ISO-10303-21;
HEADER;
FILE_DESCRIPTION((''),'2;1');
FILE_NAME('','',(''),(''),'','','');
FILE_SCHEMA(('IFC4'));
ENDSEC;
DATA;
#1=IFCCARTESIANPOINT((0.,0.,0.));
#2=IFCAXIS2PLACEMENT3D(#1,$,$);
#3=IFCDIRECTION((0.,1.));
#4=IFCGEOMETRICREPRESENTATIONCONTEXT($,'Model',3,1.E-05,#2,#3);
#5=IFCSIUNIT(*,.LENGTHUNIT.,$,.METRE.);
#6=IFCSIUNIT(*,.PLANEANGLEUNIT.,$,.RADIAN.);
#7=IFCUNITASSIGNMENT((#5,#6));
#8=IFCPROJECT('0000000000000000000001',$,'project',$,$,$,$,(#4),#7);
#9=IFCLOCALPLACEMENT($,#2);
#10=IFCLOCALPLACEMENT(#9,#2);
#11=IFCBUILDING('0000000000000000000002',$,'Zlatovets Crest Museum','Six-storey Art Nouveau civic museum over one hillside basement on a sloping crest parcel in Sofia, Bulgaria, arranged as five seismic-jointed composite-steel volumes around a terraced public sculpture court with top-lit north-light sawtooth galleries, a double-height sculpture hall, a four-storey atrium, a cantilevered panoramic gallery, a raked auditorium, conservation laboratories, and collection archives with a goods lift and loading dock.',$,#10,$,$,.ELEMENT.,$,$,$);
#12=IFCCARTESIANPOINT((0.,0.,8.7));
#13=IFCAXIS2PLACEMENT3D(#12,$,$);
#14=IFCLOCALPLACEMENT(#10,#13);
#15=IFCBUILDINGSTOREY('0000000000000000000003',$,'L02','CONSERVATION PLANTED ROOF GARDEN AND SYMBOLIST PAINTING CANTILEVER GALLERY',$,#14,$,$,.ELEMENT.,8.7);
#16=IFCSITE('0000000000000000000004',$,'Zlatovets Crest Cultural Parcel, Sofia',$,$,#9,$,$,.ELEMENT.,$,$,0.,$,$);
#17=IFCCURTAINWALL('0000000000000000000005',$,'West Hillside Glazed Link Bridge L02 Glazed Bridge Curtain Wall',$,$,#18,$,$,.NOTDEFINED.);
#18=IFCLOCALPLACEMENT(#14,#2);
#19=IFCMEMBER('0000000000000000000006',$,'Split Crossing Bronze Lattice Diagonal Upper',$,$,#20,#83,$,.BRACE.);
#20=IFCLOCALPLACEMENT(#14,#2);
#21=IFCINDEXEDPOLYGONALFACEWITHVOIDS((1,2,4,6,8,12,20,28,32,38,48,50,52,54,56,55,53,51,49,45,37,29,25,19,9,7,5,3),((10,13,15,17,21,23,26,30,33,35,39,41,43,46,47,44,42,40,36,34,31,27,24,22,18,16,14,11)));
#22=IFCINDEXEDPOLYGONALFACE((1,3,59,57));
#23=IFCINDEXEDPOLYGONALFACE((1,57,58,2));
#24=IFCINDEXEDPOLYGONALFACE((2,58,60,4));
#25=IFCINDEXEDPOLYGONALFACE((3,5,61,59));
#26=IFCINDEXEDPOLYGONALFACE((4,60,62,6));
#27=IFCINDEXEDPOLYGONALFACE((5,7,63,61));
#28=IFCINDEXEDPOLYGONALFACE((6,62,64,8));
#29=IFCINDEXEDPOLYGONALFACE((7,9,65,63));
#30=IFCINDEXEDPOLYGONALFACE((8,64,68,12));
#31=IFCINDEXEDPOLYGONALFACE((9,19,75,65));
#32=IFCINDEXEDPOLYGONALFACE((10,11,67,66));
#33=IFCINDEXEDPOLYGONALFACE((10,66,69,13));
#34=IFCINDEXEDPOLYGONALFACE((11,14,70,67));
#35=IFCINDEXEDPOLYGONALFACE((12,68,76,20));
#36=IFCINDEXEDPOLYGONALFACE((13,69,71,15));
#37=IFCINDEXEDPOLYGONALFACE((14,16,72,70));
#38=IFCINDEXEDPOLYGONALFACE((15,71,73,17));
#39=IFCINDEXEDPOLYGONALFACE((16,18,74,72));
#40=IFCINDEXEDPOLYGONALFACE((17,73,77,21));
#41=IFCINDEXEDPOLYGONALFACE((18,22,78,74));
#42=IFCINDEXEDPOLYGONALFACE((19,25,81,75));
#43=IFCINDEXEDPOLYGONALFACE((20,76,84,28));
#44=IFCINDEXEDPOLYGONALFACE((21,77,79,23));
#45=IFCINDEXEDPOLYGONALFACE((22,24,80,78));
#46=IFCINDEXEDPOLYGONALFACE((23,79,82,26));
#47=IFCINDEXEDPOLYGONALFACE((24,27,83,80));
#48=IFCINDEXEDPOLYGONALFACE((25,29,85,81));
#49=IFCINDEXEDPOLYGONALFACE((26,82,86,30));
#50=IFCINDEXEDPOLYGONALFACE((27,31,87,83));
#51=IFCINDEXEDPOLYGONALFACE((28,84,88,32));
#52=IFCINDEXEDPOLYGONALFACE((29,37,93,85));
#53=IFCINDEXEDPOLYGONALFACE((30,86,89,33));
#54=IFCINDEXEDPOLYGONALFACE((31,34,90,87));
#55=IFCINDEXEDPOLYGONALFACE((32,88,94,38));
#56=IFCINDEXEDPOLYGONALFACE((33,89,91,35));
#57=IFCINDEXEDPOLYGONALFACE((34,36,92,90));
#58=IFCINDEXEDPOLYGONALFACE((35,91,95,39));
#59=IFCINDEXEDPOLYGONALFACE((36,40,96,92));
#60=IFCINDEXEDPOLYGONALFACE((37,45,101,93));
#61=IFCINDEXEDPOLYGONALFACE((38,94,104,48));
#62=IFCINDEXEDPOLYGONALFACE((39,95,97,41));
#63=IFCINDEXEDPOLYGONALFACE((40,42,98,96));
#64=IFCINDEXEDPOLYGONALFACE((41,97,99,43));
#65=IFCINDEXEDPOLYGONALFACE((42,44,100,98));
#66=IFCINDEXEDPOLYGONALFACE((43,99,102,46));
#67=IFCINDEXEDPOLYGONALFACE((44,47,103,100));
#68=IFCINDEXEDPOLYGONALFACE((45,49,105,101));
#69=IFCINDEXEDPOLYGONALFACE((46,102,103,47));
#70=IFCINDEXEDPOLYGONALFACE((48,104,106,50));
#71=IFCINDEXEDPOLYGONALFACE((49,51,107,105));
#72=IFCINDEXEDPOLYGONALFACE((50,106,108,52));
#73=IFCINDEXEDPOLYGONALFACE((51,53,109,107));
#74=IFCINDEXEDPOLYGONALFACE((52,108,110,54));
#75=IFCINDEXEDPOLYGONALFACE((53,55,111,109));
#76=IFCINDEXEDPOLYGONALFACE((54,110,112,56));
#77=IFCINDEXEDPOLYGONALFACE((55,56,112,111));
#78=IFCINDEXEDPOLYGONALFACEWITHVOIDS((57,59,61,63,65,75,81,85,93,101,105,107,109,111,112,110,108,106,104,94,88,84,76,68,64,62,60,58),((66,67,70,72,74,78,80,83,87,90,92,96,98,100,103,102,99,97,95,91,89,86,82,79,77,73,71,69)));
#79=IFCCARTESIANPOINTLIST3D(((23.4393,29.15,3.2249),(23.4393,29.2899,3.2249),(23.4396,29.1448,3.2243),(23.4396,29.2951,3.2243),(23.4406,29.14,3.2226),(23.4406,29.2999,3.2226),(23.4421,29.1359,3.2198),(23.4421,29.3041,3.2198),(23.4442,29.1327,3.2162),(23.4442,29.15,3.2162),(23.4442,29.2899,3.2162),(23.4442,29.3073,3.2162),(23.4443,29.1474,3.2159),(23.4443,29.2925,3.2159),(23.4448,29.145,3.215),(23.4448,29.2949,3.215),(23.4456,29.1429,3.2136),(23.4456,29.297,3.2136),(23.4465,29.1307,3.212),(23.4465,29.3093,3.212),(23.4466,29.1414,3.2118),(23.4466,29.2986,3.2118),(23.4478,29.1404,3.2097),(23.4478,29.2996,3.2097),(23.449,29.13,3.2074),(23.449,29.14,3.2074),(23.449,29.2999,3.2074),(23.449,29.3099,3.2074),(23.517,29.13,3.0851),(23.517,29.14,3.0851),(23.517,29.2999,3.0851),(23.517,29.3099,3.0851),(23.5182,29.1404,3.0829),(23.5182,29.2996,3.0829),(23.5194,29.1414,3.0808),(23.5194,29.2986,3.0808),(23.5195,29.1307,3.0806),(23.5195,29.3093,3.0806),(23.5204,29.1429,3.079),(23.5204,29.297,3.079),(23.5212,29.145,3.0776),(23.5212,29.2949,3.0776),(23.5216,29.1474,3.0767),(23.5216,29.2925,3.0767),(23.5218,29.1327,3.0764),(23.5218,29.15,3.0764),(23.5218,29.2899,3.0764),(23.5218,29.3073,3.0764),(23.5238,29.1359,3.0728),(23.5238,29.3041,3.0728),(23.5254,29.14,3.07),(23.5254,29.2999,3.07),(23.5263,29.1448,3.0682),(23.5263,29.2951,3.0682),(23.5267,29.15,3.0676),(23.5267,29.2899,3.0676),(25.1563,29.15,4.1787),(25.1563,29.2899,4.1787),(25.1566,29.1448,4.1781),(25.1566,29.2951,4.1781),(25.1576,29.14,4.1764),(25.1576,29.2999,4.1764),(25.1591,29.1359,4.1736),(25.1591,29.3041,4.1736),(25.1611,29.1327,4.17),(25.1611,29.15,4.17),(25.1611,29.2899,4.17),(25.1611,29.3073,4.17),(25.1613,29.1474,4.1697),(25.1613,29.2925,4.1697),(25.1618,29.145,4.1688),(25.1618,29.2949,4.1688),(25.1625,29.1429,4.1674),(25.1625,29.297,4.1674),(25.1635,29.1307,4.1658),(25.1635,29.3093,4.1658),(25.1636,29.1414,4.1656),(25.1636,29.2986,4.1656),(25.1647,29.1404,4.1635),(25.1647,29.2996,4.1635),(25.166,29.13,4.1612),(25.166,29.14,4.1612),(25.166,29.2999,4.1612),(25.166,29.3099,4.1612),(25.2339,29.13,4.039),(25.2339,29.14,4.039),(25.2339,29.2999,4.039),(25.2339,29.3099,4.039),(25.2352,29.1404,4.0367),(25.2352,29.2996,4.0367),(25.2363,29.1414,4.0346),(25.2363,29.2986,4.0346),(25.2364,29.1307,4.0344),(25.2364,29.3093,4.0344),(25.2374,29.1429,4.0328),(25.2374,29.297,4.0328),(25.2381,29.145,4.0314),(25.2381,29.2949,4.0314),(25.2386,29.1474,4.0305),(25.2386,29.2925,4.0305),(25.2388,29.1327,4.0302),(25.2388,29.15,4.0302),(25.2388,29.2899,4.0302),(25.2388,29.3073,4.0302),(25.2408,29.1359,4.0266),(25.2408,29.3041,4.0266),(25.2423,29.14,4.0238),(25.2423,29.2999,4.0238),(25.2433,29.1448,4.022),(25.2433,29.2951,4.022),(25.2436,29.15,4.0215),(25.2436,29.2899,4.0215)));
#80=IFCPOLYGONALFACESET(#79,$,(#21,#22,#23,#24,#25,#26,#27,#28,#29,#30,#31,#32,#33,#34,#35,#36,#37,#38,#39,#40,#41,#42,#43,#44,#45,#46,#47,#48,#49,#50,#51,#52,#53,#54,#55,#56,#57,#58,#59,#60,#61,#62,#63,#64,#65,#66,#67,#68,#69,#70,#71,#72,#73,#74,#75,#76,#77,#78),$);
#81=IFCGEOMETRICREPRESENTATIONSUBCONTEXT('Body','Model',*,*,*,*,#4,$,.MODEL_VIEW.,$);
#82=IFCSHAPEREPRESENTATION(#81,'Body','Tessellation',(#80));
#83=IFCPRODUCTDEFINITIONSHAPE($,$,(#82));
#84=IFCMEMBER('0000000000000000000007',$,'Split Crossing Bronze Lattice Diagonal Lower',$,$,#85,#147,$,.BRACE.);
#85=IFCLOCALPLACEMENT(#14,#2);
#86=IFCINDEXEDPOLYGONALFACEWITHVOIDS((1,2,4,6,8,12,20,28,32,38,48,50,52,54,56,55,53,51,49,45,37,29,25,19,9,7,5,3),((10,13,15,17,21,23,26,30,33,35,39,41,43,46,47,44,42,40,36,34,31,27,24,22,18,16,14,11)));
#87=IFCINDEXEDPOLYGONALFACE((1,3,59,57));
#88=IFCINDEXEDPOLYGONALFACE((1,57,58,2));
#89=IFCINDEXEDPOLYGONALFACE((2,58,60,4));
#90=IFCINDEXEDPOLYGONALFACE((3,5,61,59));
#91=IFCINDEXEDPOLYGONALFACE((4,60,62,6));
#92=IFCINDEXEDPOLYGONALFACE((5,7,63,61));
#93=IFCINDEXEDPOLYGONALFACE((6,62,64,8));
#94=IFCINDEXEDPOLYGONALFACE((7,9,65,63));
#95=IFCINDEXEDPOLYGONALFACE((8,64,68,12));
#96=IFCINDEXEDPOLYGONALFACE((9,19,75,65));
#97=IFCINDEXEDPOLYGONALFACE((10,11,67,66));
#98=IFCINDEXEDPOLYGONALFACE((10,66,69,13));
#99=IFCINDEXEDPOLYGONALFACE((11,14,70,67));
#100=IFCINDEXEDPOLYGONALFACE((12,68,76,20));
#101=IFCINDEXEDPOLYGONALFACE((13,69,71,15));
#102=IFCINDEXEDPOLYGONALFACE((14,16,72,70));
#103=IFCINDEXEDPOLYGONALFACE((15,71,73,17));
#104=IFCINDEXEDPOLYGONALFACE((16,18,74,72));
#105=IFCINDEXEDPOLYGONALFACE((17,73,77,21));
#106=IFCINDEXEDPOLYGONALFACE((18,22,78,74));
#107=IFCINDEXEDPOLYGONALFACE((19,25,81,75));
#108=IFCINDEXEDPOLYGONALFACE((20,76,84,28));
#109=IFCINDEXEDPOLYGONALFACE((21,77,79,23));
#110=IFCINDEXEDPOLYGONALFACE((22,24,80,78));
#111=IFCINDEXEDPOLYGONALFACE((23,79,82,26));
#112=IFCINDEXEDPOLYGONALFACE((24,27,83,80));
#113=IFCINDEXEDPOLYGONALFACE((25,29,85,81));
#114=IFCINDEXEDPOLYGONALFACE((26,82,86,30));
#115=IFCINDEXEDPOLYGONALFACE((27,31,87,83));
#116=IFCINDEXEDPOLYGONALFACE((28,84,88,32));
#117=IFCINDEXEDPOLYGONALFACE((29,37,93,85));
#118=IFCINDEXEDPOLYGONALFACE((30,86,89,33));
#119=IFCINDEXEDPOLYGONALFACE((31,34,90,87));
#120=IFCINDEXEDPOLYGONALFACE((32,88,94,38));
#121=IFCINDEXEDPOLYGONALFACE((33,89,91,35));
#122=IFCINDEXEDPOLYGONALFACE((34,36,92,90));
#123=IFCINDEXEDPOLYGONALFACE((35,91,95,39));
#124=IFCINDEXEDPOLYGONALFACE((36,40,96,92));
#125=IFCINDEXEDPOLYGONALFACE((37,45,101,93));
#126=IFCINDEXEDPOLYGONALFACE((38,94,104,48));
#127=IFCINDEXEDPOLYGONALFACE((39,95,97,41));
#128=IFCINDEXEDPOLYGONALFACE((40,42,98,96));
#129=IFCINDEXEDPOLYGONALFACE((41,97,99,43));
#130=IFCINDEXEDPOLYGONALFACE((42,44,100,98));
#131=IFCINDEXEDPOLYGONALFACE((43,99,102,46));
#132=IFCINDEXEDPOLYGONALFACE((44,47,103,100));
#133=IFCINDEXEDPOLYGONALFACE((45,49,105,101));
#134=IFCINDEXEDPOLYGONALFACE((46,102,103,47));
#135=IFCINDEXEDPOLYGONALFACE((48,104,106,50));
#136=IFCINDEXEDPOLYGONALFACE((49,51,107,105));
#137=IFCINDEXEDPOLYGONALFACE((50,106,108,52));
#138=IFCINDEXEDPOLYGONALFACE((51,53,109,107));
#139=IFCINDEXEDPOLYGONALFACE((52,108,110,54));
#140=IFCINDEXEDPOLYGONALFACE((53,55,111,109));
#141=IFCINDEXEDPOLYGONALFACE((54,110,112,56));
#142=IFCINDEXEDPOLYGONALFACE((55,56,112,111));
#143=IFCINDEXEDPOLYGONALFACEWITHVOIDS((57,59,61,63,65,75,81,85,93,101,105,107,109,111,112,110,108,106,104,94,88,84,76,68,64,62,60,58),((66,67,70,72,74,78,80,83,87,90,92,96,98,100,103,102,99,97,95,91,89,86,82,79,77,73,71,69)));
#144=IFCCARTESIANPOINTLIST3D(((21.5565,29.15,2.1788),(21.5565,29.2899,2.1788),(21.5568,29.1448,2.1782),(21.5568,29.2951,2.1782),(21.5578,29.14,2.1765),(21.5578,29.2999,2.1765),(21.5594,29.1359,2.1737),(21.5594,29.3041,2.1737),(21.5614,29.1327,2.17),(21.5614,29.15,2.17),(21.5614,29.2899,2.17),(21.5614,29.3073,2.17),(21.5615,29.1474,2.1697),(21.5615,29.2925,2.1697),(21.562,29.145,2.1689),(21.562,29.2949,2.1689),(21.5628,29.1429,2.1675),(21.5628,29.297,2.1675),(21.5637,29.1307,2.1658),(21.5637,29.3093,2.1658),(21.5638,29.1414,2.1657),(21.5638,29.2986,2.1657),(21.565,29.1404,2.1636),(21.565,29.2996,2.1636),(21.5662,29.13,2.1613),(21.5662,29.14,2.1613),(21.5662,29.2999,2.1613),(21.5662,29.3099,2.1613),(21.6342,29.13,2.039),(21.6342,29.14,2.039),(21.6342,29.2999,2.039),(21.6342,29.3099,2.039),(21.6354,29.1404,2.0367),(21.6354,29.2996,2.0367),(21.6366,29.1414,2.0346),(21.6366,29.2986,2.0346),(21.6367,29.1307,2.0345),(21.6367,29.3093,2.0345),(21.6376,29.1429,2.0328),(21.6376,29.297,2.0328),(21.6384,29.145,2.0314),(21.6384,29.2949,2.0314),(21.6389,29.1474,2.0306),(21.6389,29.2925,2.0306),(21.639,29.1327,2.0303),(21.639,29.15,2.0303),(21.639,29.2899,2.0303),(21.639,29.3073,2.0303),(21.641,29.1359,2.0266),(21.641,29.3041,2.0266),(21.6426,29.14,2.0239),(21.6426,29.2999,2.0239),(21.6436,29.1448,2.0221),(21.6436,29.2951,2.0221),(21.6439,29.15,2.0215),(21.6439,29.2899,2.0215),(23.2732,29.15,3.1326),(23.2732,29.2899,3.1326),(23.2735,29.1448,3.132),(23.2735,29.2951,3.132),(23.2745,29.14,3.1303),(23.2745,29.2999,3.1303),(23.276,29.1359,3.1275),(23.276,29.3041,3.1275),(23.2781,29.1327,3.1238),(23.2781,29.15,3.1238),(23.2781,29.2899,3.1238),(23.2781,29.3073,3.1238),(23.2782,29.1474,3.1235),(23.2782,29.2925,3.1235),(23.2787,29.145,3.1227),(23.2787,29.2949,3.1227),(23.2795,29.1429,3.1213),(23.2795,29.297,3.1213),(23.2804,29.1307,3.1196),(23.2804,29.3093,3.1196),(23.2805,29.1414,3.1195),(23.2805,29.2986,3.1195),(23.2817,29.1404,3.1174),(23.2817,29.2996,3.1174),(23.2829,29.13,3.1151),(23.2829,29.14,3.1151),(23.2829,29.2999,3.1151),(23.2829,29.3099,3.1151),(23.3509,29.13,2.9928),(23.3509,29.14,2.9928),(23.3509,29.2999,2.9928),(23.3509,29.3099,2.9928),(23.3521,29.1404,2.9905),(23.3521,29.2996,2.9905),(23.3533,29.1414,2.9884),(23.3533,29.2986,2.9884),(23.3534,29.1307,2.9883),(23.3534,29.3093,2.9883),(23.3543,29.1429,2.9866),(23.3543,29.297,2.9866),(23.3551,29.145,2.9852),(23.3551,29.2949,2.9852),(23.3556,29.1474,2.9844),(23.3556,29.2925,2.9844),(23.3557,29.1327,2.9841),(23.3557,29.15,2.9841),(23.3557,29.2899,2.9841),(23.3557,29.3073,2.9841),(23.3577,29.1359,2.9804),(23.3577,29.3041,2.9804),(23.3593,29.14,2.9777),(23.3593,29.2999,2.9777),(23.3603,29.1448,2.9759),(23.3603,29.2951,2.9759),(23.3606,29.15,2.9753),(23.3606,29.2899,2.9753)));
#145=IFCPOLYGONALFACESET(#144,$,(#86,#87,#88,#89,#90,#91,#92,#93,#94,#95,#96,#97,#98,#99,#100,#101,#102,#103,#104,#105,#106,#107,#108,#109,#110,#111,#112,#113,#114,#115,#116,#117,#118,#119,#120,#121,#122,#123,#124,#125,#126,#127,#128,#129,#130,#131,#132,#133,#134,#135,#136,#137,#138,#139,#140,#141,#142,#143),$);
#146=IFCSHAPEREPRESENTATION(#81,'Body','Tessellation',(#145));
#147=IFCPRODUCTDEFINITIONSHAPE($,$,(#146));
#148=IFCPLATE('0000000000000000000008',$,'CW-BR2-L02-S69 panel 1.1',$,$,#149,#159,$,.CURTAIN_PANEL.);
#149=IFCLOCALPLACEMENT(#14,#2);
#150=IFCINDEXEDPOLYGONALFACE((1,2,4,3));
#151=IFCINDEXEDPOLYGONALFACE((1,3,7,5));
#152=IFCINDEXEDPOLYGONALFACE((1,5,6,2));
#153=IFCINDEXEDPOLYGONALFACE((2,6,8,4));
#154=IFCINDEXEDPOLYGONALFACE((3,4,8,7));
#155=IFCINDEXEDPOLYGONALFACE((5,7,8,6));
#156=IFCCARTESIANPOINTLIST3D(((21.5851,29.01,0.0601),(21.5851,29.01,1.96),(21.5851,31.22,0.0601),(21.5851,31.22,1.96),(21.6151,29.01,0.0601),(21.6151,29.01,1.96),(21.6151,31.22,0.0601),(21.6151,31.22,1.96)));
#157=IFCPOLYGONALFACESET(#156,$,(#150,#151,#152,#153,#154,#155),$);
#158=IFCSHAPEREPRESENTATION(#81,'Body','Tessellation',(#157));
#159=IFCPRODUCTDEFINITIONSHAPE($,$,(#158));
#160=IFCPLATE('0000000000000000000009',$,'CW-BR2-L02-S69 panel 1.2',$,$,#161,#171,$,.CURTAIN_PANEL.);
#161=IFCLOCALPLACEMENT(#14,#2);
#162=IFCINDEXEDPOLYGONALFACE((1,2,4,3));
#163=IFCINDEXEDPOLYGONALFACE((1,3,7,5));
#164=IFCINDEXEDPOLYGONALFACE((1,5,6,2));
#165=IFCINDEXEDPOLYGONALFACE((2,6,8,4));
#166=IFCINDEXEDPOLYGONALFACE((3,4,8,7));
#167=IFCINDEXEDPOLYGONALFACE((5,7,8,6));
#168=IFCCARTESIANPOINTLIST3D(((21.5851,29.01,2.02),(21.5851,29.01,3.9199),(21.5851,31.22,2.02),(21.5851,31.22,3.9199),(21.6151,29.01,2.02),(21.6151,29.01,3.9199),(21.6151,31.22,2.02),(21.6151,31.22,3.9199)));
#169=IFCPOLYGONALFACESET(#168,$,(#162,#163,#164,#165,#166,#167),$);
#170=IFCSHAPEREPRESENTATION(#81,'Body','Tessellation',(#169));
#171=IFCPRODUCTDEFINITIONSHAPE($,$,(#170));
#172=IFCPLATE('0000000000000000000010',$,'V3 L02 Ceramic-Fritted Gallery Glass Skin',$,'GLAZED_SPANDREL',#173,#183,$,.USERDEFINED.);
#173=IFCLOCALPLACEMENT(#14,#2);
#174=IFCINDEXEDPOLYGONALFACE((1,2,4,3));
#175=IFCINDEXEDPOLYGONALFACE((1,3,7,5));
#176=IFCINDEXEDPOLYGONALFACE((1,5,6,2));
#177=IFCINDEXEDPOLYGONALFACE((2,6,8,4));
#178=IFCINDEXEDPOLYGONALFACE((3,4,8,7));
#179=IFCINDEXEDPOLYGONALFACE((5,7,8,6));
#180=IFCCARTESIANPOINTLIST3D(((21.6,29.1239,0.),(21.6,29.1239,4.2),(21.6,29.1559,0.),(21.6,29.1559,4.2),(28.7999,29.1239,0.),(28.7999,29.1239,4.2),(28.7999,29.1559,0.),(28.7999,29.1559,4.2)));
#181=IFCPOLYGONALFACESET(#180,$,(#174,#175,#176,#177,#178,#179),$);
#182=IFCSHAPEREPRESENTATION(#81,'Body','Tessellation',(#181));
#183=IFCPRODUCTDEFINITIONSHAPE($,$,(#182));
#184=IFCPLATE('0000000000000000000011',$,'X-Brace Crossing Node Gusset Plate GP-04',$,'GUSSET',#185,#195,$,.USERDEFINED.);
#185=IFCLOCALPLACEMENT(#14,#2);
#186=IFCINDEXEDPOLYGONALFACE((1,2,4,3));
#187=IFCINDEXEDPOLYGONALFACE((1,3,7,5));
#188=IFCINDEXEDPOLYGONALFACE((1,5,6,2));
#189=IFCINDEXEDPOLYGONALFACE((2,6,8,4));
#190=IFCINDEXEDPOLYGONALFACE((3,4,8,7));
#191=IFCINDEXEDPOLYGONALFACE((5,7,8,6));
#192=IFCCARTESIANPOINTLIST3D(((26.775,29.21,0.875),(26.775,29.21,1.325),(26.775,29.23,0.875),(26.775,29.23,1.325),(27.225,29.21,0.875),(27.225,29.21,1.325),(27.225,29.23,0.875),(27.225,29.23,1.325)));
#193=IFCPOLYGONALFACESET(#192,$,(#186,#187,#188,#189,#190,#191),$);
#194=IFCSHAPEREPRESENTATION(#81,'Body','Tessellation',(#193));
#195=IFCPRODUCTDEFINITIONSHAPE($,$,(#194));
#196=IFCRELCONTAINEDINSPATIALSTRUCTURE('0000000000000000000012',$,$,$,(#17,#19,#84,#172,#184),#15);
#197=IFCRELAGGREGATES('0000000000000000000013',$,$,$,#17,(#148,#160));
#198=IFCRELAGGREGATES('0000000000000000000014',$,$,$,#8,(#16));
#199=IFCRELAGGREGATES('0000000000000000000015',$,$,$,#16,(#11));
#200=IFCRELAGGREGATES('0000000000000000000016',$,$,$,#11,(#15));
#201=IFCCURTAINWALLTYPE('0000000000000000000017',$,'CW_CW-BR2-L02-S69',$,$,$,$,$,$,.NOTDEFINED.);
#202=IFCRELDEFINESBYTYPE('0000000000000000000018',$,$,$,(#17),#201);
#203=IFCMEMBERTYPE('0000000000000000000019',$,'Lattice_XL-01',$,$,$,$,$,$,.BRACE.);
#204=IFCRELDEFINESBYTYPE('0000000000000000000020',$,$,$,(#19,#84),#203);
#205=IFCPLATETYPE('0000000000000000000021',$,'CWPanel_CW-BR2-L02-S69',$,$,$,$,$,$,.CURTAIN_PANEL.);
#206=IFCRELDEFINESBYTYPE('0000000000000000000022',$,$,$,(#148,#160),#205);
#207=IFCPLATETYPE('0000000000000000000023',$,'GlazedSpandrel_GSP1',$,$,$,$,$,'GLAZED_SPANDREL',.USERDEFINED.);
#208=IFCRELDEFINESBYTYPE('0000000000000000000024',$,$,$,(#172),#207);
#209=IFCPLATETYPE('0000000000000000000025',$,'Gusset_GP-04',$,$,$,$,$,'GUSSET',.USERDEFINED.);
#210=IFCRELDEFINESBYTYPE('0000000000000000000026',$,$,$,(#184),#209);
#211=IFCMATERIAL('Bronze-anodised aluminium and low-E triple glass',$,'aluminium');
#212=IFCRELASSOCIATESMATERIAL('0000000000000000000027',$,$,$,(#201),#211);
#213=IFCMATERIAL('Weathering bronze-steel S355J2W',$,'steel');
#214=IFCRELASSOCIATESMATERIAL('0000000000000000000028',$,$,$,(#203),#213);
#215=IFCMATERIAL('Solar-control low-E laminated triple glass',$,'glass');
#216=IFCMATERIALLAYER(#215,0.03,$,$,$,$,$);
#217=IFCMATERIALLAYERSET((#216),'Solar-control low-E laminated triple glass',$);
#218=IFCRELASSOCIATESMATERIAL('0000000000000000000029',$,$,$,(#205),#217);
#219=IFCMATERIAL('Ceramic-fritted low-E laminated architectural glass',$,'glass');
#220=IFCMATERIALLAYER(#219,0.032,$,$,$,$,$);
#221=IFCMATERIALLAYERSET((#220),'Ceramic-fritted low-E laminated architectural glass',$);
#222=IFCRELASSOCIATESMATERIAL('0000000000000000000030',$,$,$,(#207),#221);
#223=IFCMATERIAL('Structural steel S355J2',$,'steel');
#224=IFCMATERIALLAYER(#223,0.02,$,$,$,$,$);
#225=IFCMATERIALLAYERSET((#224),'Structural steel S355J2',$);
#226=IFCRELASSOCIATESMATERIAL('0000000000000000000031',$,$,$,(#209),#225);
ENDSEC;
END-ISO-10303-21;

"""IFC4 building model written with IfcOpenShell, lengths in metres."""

from ifc_helpers import new_model, si_unit, direction, frame, origin, origin_2d, place, context, subcontext, project, spatial, rectangle, hollow_rectangle, extrude, material, layer, layer_set, material_profile, profile_set, type_object, element, aggregate, save


model = new_model("IFC4")

# Units and contexts
model_context = context("Model", 3, precision=1e-05, world=origin(), true_north=direction((0.0, 1.0)))
body_context = subcontext(model_context, "Body", "Model", "MODEL_VIEW")
ifc_project = project(units=[si_unit("LENGTHUNIT", "METRE"), si_unit("PLANEANGLEUNIT", "RADIAN")], contexts=[model_context])

# Site, building, storey
site_placement = place(None, origin())
site = spatial("IfcSite", under=ifc_project, at=site_placement, Name="Zlatovets Crest Cultural Parcel, Sofia", CompositionType="ELEMENT", RefElevation=0.0)
building_placement = place(site_placement, origin())
building = spatial("IfcBuilding", under=site, at=building_placement, Name="Zlatovets Crest Museum", Description="Six-storey Art Nouveau civic museum over one hillside basement on a sloping crest parcel in Sofia, Bulgaria, arranged as five seismic-jointed composite-steel volumes around a terraced public sculpture court with top-lit north-light sawtooth galleries, a double-height sculpture hall, a four-storey atrium, a cantilevered panoramic gallery, a raked auditorium, conservation laboratories, and collection archives with a goods lift and loading dock.", CompositionType="ELEMENT")
storey_placement = place(building_placement, frame((0.0, 0.0, 8.7)))
storey = spatial("IfcBuildingStorey", under=building, at=storey_placement, Name="L02", Description="CONSERVATION PLANTED ROOF GARDEN AND SYMBOLIST PAINTING CANTILEVER GALLERY", CompositionType="ELEMENT", Elevation=8.7)

# Shared definitions
ifc_material_1 = material(Name="Structural steel S355J2", Category="steel")

# Curtain wall
ifc_material_2 = material(Name="Bronze-anodised aluminium and low-E triple glass", Category="aluminium")
curtain_wall_type = type_object("IfcCurtainWallType", Name="CW_CW-BR2-L02-S69", PredefinedType="NOTDEFINED", material=ifc_material_2)
curtain_wall_placement = place(storey_placement, origin())
curtain_wall = element("IfcCurtainWall", 1, at=curtain_wall_placement, inside=storey, type_object=curtain_wall_type, Name="West Hillside Glazed Link Bridge L02 Glazed Bridge Curtain Wall", PredefinedType="NOTDEFINED")

# Members
ifc_material_3 = material(Name="Weathering bronze-steel S355J2W", Category="steel")
ifc_material_profile_1 = material_profile(ifc_material_3, hollow_rectangle(XDim=0.1799, YDim=0.1799, WallThickness=0.01, InnerFilletRadius=0.01, OuterFilletRadius=0.02, at=origin_2d()), Name="SHS 180x180x10.0")
ifc_profile_set_1 = profile_set([ifc_material_profile_1], Name="Weathering bronze-steel S355J2W")
member_type_1 = type_object("IfcMemberType", Name="Lattice_XL-01", PredefinedType="BRACE", material=ifc_profile_set_1)
member_1_placement = place(storey_placement, frame((25.2, 29.22, 4.1001), z_axis=(-0.874169, 0.0, -0.485622), x_axis=(0.0, -1.0, 0.0)))
element("IfcMember", 2, at=member_1_placement, inside=storey, type_object=member_type_1, Name="Split Crossing Bronze Lattice Diagonal Upper", PredefinedType="BRACE", context=body_context, shape_type="SweptSolid", body=[
    extrude(hollow_rectangle(XDim=0.1799, YDim=0.1799, WallThickness=0.01, InnerFilletRadius=0.01, OuterFilletRadius=0.02, at=origin_2d()), origin(), (0.0, 0.0, 1.0), 1.9641),
])
member_2_placement = place(storey_placement, frame((23.3169, 29.22, 3.054), z_axis=(-0.87414, 0.0, -0.485675), x_axis=(0.0, -1.0, 0.0)))
element("IfcMember", 3, at=member_2_placement, inside=storey, type_object=member_type_1, Name="Split Crossing Bronze Lattice Diagonal Lower", PredefinedType="BRACE", context=body_context, shape_type="SweptSolid", body=[
    extrude(hollow_rectangle(XDim=0.1799, YDim=0.1799, WallThickness=0.01, InnerFilletRadius=0.01, OuterFilletRadius=0.02, at=origin_2d()), origin(), (0.0, 0.0, 1.0), 1.9639),
])

# Plates
ifc_material_4 = material(Name="Solar-control low-E laminated triple glass", Category="glass")
ifc_layer_1 = layer(ifc_material_4, 0.03)
ifc_layer_set_1 = layer_set([ifc_layer_1], Name="Solar-control low-E laminated triple glass")
plate_type_1 = type_object("IfcPlateType", Name="CWPanel_CW-BR2-L02-S69", PredefinedType="CURTAIN_PANEL", material=ifc_layer_set_1)
plate_1_placement = place(storey_placement, frame((21.6001, 30.115, 0.0601), z_axis=(0.0, 0.0, 1.0), x_axis=(0.0, 1.0, 0.0)))
plate_1 = element("IfcPlate", 4, at=plate_1_placement, type_object=plate_type_1, Name="CW-BR2-L02-S69 panel 1.1", PredefinedType="CURTAIN_PANEL", context=body_context, shape_type="SweptSolid", body=[
    extrude(rectangle(XDim=2.21, YDim=0.03, at=origin_2d()), origin(), (0.0, 0.0, 1.0), 1.8999),
])
plate_2_placement = place(storey_placement, frame((21.6001, 30.115, 2.02), z_axis=(0.0, 0.0, 1.0), x_axis=(0.0, 1.0, 0.0)))
plate_2 = element("IfcPlate", 5, at=plate_2_placement, type_object=plate_type_1, Name="CW-BR2-L02-S69 panel 1.2", PredefinedType="CURTAIN_PANEL", context=body_context, shape_type="SweptSolid", body=[
    extrude(rectangle(XDim=2.21, YDim=0.03, at=origin_2d()), origin(), (0.0, 0.0, 1.0), 1.8999),
])
aggregate(curtain_wall, [plate_1, plate_2])

# Plates
ifc_material_5 = material(Name="Ceramic-fritted low-E laminated architectural glass", Category="glass")
ifc_layer_2 = layer(ifc_material_5, 0.032)
ifc_layer_set_2 = layer_set([ifc_layer_2], Name="Ceramic-fritted low-E laminated architectural glass")
plate_type_2 = type_object("IfcPlateType", Name="GlazedSpandrel_GSP1", ElementType="GLAZED_SPANDREL", PredefinedType="USERDEFINED", material=ifc_layer_set_2)
plate_3_placement = place(storey_placement, frame((25.2, 29.1399, 0.0), z_axis=(0.0, 0.0, 1.0), x_axis=(1.0, 0.0, 0.0)))
element("IfcPlate", 6, at=plate_3_placement, inside=storey, type_object=plate_type_2, Name="V3 L02 Ceramic-Fritted Gallery Glass Skin", ObjectType="GLAZED_SPANDREL", PredefinedType="USERDEFINED", context=body_context, shape_type="SweptSolid", body=[
    extrude(rectangle(XDim=7.2, YDim=0.032, at=origin_2d()), origin(), (0.0, 0.0, 1.0), 4.2),
])
ifc_layer_3 = layer(ifc_material_1, 0.02)
ifc_layer_set_3 = layer_set([ifc_layer_3], Name="Structural steel S355J2")
plate_type_3 = type_object("IfcPlateType", Name="Gusset_GP-04", ElementType="GUSSET", PredefinedType="USERDEFINED", material=ifc_layer_set_3)
for number, where, z_axis, x_axis, name in (
    (7, (27.0, 29.22, 0.875), (0.0, 0.0, 1.0), (1.0, 0.0, 0.0), "X-Brace Crossing Node Gusset Plate GP-04"),
):
    element("IfcPlate", number, at=place(storey_placement, frame(where, z_axis=z_axis, x_axis=x_axis)), inside=storey, type_object=plate_type_3, Name=name, ObjectType="GUSSET", PredefinedType="USERDEFINED", context=body_context, shape_type="SweptSolid", body=[
        extrude(rectangle(XDim=0.45, YDim=0.02, at=origin_2d()), origin(), (0.0, 0.0, 1.0), 0.45),
    ])

save(model, "model.ifc")
